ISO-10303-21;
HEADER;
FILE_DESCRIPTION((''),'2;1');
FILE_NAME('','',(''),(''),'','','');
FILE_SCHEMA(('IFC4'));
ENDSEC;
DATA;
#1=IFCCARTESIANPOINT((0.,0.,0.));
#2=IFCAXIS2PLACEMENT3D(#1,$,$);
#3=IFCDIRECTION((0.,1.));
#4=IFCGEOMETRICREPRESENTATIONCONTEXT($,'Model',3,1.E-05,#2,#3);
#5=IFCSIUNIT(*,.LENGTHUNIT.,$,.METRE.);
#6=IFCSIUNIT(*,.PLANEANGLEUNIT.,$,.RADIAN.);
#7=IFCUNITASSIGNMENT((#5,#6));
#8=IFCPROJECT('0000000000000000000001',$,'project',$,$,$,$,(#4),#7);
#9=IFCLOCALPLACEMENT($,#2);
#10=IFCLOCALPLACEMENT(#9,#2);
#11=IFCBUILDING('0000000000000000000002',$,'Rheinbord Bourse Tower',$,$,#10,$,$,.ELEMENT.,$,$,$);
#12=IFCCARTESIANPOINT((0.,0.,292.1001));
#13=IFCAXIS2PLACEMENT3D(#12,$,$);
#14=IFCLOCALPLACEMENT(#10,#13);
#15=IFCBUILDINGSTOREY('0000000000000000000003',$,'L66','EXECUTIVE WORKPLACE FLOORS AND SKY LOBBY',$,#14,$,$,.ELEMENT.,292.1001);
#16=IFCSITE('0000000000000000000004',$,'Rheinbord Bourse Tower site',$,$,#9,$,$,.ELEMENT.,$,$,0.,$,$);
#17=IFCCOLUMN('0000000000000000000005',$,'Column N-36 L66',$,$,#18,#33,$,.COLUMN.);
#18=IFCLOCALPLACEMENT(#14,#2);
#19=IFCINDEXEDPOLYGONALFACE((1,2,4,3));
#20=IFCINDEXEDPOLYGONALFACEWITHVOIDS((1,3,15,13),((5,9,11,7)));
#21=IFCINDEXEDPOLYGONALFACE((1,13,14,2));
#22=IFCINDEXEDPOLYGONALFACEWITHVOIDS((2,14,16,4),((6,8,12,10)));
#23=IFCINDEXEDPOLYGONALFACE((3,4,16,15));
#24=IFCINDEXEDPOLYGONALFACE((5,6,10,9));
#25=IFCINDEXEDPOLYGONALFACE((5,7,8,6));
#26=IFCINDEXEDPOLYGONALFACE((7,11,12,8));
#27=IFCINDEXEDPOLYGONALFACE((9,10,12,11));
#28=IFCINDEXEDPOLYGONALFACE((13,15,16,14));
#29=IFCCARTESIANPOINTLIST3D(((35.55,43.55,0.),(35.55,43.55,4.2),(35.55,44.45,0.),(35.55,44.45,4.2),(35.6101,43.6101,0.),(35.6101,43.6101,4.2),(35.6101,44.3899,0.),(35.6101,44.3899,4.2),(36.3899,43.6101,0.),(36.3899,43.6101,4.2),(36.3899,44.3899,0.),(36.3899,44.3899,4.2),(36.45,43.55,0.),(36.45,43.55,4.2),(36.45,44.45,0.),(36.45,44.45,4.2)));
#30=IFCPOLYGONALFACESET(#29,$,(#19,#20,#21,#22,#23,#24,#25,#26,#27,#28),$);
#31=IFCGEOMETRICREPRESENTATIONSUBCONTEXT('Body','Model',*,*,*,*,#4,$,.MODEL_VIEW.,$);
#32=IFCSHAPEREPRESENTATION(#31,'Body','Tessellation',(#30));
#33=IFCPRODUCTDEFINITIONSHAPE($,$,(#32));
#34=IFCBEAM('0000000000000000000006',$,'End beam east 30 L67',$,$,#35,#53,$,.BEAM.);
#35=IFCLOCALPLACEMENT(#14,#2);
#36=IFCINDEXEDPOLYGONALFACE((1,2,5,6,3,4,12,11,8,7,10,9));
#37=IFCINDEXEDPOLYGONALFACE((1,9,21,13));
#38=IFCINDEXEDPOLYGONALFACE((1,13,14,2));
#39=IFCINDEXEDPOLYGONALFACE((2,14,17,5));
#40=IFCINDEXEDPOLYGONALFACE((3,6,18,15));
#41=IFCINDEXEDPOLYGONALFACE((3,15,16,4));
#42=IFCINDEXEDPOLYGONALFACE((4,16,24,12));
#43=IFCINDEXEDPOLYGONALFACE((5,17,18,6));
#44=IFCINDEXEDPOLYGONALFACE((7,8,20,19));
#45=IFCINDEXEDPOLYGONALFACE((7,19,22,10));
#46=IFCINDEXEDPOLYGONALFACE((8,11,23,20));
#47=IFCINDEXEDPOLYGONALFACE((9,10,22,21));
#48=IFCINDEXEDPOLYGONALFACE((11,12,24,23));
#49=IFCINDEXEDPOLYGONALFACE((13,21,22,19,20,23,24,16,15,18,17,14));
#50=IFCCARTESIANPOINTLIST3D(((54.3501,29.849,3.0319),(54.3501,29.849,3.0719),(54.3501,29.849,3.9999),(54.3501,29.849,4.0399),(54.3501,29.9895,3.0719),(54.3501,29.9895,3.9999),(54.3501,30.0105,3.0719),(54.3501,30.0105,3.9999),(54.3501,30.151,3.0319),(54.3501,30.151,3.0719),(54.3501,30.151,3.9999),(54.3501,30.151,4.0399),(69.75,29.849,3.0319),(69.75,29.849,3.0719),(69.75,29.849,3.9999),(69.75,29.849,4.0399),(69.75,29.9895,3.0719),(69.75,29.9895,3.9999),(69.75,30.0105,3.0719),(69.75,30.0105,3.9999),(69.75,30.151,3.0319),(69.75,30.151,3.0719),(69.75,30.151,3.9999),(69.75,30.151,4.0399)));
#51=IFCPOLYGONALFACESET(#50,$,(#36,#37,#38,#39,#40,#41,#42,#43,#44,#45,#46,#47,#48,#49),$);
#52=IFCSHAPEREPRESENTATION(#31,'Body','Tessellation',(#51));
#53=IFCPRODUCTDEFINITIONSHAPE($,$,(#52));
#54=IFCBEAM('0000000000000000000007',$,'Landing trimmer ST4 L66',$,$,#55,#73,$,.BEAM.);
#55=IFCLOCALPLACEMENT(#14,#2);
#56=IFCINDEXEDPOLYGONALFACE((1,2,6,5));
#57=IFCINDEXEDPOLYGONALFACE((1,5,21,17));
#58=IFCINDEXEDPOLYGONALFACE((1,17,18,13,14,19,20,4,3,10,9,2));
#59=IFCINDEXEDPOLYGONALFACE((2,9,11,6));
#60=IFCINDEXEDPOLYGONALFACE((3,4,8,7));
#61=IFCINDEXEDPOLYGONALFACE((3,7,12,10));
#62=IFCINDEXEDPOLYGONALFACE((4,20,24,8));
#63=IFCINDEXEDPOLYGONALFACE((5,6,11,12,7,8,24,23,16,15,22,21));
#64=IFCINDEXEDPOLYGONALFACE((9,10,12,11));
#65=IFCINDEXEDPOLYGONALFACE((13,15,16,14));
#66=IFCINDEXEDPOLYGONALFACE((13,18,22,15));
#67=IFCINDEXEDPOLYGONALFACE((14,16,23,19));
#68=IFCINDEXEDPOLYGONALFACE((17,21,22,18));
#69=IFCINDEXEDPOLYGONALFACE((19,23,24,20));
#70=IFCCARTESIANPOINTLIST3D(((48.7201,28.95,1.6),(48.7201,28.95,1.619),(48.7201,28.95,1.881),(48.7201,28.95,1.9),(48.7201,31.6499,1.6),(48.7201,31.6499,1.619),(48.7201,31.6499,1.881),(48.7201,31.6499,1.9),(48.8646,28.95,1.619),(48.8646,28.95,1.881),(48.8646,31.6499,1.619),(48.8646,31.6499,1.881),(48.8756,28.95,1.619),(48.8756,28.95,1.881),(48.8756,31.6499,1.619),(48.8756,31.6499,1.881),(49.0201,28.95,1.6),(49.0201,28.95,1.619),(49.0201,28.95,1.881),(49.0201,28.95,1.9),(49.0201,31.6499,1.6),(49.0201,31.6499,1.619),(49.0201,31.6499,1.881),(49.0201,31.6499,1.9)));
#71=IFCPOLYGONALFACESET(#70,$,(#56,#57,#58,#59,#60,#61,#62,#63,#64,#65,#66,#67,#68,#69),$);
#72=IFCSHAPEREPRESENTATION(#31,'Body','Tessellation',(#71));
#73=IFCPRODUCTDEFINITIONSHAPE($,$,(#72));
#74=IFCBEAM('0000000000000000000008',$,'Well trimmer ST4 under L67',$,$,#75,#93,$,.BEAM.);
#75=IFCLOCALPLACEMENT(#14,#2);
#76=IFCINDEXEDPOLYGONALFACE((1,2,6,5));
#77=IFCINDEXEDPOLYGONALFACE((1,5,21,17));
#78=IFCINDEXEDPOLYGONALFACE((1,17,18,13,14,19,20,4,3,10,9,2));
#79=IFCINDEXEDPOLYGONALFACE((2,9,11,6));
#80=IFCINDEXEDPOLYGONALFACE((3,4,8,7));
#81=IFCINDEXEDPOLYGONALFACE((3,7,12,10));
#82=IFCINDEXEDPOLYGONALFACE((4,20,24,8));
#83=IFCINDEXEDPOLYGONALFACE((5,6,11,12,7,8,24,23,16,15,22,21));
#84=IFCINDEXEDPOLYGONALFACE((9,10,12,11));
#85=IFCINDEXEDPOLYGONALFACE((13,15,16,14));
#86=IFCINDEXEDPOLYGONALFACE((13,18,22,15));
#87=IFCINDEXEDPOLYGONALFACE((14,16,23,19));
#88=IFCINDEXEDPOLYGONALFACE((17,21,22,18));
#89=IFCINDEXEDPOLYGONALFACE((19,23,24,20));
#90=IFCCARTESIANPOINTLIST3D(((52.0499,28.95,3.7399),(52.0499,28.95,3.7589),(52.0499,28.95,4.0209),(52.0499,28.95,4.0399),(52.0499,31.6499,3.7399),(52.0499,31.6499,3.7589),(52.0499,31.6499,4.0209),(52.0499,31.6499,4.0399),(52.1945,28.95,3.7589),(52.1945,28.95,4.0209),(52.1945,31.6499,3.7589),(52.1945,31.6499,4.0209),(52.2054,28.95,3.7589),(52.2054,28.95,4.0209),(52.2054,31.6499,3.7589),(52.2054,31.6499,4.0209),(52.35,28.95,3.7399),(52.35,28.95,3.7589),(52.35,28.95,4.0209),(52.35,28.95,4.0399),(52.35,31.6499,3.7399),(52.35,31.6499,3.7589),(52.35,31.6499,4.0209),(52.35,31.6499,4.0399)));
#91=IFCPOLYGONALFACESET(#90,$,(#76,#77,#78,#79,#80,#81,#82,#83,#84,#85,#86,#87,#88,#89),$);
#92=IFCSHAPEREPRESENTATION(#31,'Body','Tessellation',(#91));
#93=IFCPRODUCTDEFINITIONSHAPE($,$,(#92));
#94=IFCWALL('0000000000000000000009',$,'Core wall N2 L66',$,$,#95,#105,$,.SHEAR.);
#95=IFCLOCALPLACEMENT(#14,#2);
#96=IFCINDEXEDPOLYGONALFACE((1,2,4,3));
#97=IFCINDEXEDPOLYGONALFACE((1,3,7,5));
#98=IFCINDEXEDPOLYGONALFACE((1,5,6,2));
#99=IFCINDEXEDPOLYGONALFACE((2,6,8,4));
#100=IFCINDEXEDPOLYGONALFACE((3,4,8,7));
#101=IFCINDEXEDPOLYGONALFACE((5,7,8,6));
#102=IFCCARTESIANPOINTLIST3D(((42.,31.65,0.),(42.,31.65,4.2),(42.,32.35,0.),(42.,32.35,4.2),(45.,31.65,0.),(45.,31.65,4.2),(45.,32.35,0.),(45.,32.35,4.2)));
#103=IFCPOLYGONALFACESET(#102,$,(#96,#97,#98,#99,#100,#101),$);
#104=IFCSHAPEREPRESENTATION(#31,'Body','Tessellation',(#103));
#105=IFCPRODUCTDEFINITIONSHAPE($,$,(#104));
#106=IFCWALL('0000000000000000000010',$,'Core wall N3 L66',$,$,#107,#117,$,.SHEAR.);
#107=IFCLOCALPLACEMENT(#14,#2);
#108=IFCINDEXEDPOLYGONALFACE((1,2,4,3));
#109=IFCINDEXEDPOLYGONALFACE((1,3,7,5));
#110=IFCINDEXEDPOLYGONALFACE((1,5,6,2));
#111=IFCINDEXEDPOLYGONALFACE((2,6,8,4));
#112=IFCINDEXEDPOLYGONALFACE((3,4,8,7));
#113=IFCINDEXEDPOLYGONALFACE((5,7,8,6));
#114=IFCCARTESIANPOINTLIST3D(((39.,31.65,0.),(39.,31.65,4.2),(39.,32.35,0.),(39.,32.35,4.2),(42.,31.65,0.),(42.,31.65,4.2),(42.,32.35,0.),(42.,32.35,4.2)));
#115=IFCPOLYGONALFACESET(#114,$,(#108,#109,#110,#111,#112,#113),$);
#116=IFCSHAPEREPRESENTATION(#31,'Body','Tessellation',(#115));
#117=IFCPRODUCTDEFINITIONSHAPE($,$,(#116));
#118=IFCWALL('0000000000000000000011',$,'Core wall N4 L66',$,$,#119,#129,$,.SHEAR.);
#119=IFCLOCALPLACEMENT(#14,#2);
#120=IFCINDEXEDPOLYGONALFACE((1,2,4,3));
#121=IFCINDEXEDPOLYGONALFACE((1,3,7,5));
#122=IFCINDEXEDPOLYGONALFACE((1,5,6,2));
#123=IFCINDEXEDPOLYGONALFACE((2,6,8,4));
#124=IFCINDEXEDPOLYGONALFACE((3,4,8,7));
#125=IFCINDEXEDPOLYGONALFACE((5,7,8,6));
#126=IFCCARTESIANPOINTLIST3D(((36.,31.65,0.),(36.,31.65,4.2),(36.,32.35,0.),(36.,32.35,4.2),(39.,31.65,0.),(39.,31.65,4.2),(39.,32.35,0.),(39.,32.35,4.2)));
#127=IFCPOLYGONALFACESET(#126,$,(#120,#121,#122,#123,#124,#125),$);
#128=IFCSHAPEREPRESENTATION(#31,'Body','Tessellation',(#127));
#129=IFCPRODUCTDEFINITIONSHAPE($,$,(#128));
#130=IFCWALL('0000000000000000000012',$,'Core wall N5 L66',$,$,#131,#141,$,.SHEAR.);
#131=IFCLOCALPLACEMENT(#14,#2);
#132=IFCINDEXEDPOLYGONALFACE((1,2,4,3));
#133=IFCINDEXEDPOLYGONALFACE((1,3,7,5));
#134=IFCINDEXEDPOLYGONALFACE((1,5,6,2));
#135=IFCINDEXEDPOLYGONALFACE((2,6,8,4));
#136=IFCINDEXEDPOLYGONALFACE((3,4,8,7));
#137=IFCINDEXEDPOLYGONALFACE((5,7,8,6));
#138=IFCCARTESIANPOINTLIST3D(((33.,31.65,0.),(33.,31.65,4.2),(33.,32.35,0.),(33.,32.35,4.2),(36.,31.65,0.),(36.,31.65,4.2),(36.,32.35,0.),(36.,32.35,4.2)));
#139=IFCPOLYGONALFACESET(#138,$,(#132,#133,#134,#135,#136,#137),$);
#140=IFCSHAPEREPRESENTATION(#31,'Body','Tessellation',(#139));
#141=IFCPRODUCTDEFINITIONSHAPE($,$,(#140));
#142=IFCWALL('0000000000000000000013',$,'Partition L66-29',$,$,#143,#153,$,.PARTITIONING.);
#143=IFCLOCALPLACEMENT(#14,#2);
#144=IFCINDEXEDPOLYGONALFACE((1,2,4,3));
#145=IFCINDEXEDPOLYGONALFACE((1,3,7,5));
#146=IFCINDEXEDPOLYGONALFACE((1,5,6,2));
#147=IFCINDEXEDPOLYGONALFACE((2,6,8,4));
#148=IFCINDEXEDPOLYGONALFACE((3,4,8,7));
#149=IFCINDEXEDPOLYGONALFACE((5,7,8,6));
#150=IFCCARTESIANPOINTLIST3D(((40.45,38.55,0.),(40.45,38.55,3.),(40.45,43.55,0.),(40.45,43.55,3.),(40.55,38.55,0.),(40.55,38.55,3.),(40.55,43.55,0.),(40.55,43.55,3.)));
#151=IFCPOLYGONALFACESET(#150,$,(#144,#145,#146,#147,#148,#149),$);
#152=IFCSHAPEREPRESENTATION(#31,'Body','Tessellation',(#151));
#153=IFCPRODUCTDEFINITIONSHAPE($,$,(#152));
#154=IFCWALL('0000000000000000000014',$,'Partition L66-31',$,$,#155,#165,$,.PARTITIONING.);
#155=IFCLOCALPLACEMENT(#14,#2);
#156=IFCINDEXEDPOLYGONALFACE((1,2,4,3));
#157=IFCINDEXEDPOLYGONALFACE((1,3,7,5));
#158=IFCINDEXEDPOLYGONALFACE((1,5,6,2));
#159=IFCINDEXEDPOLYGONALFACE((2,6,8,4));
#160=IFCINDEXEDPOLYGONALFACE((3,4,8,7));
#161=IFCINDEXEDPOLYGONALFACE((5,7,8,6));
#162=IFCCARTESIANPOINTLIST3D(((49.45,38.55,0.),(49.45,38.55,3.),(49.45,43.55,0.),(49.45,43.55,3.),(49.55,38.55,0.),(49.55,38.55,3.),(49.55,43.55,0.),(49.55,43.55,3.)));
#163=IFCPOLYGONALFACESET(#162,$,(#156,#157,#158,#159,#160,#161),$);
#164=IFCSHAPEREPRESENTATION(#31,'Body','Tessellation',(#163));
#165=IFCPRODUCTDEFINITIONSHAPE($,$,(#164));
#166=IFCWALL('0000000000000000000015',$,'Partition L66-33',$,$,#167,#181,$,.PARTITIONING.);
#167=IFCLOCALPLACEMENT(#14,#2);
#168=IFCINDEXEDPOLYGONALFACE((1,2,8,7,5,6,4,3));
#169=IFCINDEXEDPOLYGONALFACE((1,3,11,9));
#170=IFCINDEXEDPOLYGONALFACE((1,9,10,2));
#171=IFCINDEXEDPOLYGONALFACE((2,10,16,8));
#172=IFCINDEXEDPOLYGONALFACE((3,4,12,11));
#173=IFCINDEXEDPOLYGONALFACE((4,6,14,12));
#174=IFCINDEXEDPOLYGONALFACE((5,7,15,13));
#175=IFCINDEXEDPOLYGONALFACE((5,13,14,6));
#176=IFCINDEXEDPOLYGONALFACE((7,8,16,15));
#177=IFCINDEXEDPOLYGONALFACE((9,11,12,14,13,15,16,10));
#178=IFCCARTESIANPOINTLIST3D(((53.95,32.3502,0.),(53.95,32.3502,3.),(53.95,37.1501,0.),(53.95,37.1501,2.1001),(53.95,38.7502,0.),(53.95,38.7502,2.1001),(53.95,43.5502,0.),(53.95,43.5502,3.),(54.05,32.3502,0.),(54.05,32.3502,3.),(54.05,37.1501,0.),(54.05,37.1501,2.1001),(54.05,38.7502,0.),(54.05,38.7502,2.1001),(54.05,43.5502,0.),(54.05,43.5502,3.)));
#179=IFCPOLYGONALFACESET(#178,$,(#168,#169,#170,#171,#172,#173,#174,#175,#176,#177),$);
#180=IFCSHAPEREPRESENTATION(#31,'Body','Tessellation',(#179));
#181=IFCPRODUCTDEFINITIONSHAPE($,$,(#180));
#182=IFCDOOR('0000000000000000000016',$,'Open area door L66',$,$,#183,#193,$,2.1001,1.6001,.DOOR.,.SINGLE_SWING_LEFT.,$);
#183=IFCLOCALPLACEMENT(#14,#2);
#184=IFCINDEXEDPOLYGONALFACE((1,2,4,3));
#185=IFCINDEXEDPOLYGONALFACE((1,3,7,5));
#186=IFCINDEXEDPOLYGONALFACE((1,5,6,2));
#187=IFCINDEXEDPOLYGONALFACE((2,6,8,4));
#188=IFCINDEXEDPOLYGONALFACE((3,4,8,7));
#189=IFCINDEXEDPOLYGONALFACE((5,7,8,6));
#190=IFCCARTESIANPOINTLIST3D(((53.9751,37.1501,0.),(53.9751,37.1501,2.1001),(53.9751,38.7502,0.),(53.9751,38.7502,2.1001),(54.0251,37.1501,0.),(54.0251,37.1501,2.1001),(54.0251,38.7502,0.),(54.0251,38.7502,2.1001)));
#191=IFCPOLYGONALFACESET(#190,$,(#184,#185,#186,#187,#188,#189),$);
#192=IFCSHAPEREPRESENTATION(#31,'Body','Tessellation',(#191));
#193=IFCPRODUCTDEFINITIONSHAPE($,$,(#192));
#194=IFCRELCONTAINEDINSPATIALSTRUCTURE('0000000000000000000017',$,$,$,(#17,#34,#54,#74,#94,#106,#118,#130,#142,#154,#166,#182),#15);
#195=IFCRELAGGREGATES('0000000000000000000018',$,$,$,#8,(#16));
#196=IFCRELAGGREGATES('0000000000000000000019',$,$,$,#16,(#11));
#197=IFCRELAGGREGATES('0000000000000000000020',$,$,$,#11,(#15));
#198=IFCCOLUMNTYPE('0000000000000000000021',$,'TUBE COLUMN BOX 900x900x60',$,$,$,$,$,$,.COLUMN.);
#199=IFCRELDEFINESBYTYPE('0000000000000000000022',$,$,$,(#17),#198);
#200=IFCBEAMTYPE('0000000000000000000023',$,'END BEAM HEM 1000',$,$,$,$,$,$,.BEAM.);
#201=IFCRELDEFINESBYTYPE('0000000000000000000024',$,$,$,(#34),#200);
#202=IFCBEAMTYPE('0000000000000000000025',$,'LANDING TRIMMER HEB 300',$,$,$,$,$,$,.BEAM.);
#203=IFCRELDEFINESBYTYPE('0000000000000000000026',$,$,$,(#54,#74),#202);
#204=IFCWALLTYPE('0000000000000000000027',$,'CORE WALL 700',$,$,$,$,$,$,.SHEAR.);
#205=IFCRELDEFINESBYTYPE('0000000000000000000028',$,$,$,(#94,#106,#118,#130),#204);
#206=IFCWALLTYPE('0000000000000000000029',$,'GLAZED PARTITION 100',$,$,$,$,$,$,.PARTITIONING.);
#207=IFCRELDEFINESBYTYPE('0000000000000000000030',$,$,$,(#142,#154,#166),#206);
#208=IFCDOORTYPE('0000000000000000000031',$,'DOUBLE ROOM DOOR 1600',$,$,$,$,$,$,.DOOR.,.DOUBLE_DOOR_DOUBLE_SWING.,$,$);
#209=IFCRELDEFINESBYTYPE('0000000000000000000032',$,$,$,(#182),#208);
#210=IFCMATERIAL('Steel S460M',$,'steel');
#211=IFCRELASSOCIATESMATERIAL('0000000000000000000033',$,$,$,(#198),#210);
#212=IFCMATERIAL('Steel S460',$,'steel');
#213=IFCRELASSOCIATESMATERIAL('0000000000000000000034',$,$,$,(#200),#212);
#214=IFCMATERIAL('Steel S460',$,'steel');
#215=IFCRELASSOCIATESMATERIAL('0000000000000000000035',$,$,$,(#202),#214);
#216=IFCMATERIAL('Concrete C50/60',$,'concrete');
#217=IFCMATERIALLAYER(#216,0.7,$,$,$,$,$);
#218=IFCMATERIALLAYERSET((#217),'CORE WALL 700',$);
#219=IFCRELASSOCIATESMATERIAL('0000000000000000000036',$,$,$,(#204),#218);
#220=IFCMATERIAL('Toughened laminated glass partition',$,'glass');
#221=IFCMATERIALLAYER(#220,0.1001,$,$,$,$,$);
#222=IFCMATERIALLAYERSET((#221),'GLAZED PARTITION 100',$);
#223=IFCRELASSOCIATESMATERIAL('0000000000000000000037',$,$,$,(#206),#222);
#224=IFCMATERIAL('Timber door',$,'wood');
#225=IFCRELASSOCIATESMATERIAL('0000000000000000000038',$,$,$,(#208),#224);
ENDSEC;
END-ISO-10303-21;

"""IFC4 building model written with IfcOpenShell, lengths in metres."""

from ifc_helpers import new_model, si_unit, direction, frame, frame_2d, origin, origin_2d, place, context, subcontext, project, spatial, rectangle, hollow_rectangle, i_section, extrude, material, layer, layer_set, material_profile, profile_set, type_object, element, fill, save


model = new_model("IFC4")

# Units and contexts
model_context = context("Model", 3, precision=1e-05, world=origin(), true_north=direction((0.0, 1.0)))
body_context = subcontext(model_context, "Body", "Model", "MODEL_VIEW")
ifc_project = project(units=[si_unit("LENGTHUNIT", "METRE"), si_unit("PLANEANGLEUNIT", "RADIAN")], contexts=[model_context])

# Site, building, storey
site_placement = place(None, origin())
site = spatial("IfcSite", under=ifc_project, at=site_placement, Name="Rheinbord Bourse Tower site", CompositionType="ELEMENT", RefElevation=0.0)
building_placement = place(site_placement, origin())
building = spatial("IfcBuilding", under=site, at=building_placement, Name="Rheinbord Bourse Tower", CompositionType="ELEMENT")
storey_placement = place(building_placement, frame((0.0, 0.0, 292.1001)))
storey = spatial("IfcBuildingStorey", under=building, at=storey_placement, Name="L66", Description="EXECUTIVE WORKPLACE FLOORS AND SKY LOBBY", CompositionType="ELEMENT", Elevation=292.1001)

# Column
ifc_material_1 = material(Name="Steel S460M", Category="steel")
ifc_material_profile_1 = material_profile(ifc_material_1, hollow_rectangle(XDim=0.8999, YDim=0.8999, WallThickness=0.0601, at=origin_2d()), Name="BOX 900x900x60")
ifc_profile_set_1 = profile_set([ifc_material_profile_1], Name="Steel S460M")
column_type = type_object("IfcColumnType", Name="TUBE COLUMN BOX 900x900x60", PredefinedType="COLUMN", material=ifc_profile_set_1)
column_placement = place(storey_placement, frame((36.0, 44.0, 0.0), z_axis=(0.0, 0.0, 1.0), x_axis=(0.0, 1.0, 0.0)))
element("IfcColumn", 1, at=column_placement, inside=storey, type_object=column_type, Name="Column N-36 L66", PredefinedType="COLUMN", context=body_context, shape_type="SweptSolid", body=[
    extrude(hollow_rectangle(XDim=0.8999, YDim=0.8999, WallThickness=0.0601, at=origin_2d()), origin(), (0.0, 0.0, 1.0), 4.2),
])

# Beams
ifc_material_2 = material(Name="Steel S460", Category="steel")
ifc_material_profile_2 = material_profile(ifc_material_2, i_section(OverallWidth=0.302, OverallDepth=1.0081, WebThickness=0.021, FlangeThickness=0.04, at=origin_2d()), Name="HEM 1000")
ifc_profile_set_2 = profile_set([ifc_material_profile_2], Name="Steel S460")
beam_type_1 = type_object("IfcBeamType", Name="END BEAM HEM 1000", PredefinedType="BEAM", material=ifc_profile_set_2)
beam_placement = place(storey_placement, frame((54.3501, 30.0, 3.5359), z_axis=(1.0, 0.0, 0.0), x_axis=(0.0, 1.0, 0.0)))
element("IfcBeam", 2, at=beam_placement, inside=storey, type_object=beam_type_1, Name="End beam east 30 L67", PredefinedType="BEAM", context=body_context, shape_type="SweptSolid", body=[
    extrude(i_section(OverallWidth=0.302, OverallDepth=1.0081, WebThickness=0.021, FlangeThickness=0.04, at=origin_2d()), origin(), (0.0, 0.0, 1.0), 15.3999),
])
ifc_material_3 = material(Name="Steel S460", Category="steel")
ifc_material_profile_3 = material_profile(ifc_material_3, i_section(OverallWidth=0.3, OverallDepth=0.3, WebThickness=0.011, FlangeThickness=0.019, at=origin_2d()), Name="HEB 300")
ifc_profile_set_3 = profile_set([ifc_material_profile_3], Name="Steel S460")
beam_type_2 = type_object("IfcBeamType", Name="LANDING TRIMMER HEB 300", PredefinedType="BEAM", material=ifc_profile_set_3)
for number, where, z_axis, x_axis, name in (
    (3, (48.8701, 28.95, 1.75), (0.0, 1.0, 0.0), (-1.0, 0.0, 0.0), "Landing trimmer ST4 L66"),
    (4, (52.2, 28.95, 3.8899), (0.0, 1.0, 0.0), (-1.0, 0.0, 0.0), "Well trimmer ST4 under L67"),
):
    element("IfcBeam", number, at=place(storey_placement, frame(where, z_axis=z_axis, x_axis=x_axis)), inside=storey, type_object=beam_type_2, Name=name, PredefinedType="BEAM", context=body_context, shape_type="SweptSolid", body=[
        extrude(i_section(OverallWidth=0.3, OverallDepth=0.3, WebThickness=0.011, FlangeThickness=0.019, at=origin_2d()), origin(), (0.0, 0.0, 1.0), 2.7),
    ])

# Walls
ifc_material_4 = material(Name="Concrete C50/60", Category="concrete")
ifc_layer_1 = layer(ifc_material_4, 0.7)
ifc_layer_set_1 = layer_set([ifc_layer_1], Name="CORE WALL 700")
wall_type_1 = type_object("IfcWallType", Name="CORE WALL 700", PredefinedType="SHEAR", material=ifc_layer_set_1)
for number, where, z_axis, x_axis, name in (
    (5, (45.0, 32.0, 0.0), (0.0, 0.0, 1.0), (-1.0, 0.0, 0.0), "Core wall N2 L66"),
    (6, (42.0, 32.0, 0.0), (0.0, 0.0, 1.0), (-1.0, 0.0, 0.0), "Core wall N3 L66"),
    (7, (39.0, 32.0, 0.0), (0.0, 0.0, 1.0), (-1.0, 0.0, 0.0), "Core wall N4 L66"),
    (8, (36.0, 32.0, 0.0), (0.0, 0.0, 1.0), (-1.0, 0.0, 0.0), "Core wall N5 L66"),
):
    element("IfcWall", number, at=place(storey_placement, frame(where, z_axis=z_axis, x_axis=x_axis)), inside=storey, type_object=wall_type_1, Name=name, PredefinedType="SHEAR", context=body_context, shape_type="SweptSolid", body=[
        extrude(rectangle(XDim=3.0, YDim=0.7, at=frame_2d((1.5, 0.0))), origin(), (0.0, 0.0, 1.0), 4.2),
    ])
ifc_material_5 = material(Name="Toughened laminated glass partition", Category="glass")
ifc_layer_2 = layer(ifc_material_5, 0.1001)
ifc_layer_set_2 = layer_set([ifc_layer_2], Name="GLAZED PARTITION 100")
wall_type_2 = type_object("IfcWallType", Name="GLAZED PARTITION 100", PredefinedType="PARTITIONING", material=ifc_layer_set_2)
for number, where, z_axis, x_axis, name in (
    (9, (40.5, 38.55, 0.0), (0.0, 0.0, 1.0), (0.0, 1.0, 0.0), "Partition L66-29"),
    (10, (49.5, 38.55, 0.0), (0.0, 0.0, 1.0), (0.0, 1.0, 0.0), "Partition L66-31"),
):
    element("IfcWall", number, at=place(storey_placement, frame(where, z_axis=z_axis, x_axis=x_axis)), inside=storey, type_object=wall_type_2, Name=name, PredefinedType="PARTITIONING", context=body_context, shape_type="SweptSolid", body=[
        extrude(rectangle(XDim=5.0, YDim=0.1001, at=frame_2d((2.5, 0.0))), origin(), (0.0, 0.0, 1.0), 3.0),
    ])

# Wall, opening, door
wall_placement = place(storey_placement, frame((54.0, 32.3501, 0.0), z_axis=(0.0, 0.0, 1.0), x_axis=(0.0, 1.0, 0.0)))
wall = element("IfcWall", 11, at=wall_placement, inside=storey, type_object=wall_type_2, Name="Partition L66-33", PredefinedType="PARTITIONING", context=body_context, shape_type="SweptSolid", body=[
    extrude(rectangle(XDim=11.2, YDim=0.1001, at=frame_2d((5.6001, 0.0))), origin(), (0.0, 0.0, 1.0), 3.0),
])
opening_placement = place(wall_placement, frame((4.8, 0.0, 0.0)))
opening = element("IfcOpeningElement", 12, at=opening_placement, cuts=wall, PredefinedType="OPENING", context=body_context, shape_type="SweptSolid", body=[
    extrude(rectangle(XDim=1.6001, YDim=2.1001, at=frame_2d((0.8, 1.05))), frame((0.0, 0.0601, 0.0), z_axis=(0.0, -1.0, 0.0), x_axis=(1.0, 0.0, 0.0)), (0.0, 0.0, 1.0), 0.1201),
])
ifc_material_6 = material(Name="Timber door", Category="wood")
door_type = type_object("IfcDoorType", Name="DOUBLE ROOM DOOR 1600", OperationType="DOUBLE_DOOR_DOUBLE_SWING", PredefinedType="DOOR", material=ifc_material_6)
door_placement = place(opening_placement, origin())
door = element("IfcDoor", 13, at=door_placement, inside=storey, type_object=door_type, Name="Open area door L66", OperationType="SINGLE_SWING_LEFT", OverallHeight=2.1001, OverallWidth=1.6001, PredefinedType="DOOR", context=body_context, shape_type="SweptSolid", body=[
    extrude(rectangle(XDim=1.6001, YDim=2.1001, at=frame_2d((0.8, 1.05))), frame((0.0, 0.0249, 0.0), z_axis=(0.0, -1.0, 0.0), x_axis=(1.0, 0.0, 0.0)), (0.0, 0.0, 1.0), 0.05),
])
fill(opening, door)

save(model, "model.ifc")
